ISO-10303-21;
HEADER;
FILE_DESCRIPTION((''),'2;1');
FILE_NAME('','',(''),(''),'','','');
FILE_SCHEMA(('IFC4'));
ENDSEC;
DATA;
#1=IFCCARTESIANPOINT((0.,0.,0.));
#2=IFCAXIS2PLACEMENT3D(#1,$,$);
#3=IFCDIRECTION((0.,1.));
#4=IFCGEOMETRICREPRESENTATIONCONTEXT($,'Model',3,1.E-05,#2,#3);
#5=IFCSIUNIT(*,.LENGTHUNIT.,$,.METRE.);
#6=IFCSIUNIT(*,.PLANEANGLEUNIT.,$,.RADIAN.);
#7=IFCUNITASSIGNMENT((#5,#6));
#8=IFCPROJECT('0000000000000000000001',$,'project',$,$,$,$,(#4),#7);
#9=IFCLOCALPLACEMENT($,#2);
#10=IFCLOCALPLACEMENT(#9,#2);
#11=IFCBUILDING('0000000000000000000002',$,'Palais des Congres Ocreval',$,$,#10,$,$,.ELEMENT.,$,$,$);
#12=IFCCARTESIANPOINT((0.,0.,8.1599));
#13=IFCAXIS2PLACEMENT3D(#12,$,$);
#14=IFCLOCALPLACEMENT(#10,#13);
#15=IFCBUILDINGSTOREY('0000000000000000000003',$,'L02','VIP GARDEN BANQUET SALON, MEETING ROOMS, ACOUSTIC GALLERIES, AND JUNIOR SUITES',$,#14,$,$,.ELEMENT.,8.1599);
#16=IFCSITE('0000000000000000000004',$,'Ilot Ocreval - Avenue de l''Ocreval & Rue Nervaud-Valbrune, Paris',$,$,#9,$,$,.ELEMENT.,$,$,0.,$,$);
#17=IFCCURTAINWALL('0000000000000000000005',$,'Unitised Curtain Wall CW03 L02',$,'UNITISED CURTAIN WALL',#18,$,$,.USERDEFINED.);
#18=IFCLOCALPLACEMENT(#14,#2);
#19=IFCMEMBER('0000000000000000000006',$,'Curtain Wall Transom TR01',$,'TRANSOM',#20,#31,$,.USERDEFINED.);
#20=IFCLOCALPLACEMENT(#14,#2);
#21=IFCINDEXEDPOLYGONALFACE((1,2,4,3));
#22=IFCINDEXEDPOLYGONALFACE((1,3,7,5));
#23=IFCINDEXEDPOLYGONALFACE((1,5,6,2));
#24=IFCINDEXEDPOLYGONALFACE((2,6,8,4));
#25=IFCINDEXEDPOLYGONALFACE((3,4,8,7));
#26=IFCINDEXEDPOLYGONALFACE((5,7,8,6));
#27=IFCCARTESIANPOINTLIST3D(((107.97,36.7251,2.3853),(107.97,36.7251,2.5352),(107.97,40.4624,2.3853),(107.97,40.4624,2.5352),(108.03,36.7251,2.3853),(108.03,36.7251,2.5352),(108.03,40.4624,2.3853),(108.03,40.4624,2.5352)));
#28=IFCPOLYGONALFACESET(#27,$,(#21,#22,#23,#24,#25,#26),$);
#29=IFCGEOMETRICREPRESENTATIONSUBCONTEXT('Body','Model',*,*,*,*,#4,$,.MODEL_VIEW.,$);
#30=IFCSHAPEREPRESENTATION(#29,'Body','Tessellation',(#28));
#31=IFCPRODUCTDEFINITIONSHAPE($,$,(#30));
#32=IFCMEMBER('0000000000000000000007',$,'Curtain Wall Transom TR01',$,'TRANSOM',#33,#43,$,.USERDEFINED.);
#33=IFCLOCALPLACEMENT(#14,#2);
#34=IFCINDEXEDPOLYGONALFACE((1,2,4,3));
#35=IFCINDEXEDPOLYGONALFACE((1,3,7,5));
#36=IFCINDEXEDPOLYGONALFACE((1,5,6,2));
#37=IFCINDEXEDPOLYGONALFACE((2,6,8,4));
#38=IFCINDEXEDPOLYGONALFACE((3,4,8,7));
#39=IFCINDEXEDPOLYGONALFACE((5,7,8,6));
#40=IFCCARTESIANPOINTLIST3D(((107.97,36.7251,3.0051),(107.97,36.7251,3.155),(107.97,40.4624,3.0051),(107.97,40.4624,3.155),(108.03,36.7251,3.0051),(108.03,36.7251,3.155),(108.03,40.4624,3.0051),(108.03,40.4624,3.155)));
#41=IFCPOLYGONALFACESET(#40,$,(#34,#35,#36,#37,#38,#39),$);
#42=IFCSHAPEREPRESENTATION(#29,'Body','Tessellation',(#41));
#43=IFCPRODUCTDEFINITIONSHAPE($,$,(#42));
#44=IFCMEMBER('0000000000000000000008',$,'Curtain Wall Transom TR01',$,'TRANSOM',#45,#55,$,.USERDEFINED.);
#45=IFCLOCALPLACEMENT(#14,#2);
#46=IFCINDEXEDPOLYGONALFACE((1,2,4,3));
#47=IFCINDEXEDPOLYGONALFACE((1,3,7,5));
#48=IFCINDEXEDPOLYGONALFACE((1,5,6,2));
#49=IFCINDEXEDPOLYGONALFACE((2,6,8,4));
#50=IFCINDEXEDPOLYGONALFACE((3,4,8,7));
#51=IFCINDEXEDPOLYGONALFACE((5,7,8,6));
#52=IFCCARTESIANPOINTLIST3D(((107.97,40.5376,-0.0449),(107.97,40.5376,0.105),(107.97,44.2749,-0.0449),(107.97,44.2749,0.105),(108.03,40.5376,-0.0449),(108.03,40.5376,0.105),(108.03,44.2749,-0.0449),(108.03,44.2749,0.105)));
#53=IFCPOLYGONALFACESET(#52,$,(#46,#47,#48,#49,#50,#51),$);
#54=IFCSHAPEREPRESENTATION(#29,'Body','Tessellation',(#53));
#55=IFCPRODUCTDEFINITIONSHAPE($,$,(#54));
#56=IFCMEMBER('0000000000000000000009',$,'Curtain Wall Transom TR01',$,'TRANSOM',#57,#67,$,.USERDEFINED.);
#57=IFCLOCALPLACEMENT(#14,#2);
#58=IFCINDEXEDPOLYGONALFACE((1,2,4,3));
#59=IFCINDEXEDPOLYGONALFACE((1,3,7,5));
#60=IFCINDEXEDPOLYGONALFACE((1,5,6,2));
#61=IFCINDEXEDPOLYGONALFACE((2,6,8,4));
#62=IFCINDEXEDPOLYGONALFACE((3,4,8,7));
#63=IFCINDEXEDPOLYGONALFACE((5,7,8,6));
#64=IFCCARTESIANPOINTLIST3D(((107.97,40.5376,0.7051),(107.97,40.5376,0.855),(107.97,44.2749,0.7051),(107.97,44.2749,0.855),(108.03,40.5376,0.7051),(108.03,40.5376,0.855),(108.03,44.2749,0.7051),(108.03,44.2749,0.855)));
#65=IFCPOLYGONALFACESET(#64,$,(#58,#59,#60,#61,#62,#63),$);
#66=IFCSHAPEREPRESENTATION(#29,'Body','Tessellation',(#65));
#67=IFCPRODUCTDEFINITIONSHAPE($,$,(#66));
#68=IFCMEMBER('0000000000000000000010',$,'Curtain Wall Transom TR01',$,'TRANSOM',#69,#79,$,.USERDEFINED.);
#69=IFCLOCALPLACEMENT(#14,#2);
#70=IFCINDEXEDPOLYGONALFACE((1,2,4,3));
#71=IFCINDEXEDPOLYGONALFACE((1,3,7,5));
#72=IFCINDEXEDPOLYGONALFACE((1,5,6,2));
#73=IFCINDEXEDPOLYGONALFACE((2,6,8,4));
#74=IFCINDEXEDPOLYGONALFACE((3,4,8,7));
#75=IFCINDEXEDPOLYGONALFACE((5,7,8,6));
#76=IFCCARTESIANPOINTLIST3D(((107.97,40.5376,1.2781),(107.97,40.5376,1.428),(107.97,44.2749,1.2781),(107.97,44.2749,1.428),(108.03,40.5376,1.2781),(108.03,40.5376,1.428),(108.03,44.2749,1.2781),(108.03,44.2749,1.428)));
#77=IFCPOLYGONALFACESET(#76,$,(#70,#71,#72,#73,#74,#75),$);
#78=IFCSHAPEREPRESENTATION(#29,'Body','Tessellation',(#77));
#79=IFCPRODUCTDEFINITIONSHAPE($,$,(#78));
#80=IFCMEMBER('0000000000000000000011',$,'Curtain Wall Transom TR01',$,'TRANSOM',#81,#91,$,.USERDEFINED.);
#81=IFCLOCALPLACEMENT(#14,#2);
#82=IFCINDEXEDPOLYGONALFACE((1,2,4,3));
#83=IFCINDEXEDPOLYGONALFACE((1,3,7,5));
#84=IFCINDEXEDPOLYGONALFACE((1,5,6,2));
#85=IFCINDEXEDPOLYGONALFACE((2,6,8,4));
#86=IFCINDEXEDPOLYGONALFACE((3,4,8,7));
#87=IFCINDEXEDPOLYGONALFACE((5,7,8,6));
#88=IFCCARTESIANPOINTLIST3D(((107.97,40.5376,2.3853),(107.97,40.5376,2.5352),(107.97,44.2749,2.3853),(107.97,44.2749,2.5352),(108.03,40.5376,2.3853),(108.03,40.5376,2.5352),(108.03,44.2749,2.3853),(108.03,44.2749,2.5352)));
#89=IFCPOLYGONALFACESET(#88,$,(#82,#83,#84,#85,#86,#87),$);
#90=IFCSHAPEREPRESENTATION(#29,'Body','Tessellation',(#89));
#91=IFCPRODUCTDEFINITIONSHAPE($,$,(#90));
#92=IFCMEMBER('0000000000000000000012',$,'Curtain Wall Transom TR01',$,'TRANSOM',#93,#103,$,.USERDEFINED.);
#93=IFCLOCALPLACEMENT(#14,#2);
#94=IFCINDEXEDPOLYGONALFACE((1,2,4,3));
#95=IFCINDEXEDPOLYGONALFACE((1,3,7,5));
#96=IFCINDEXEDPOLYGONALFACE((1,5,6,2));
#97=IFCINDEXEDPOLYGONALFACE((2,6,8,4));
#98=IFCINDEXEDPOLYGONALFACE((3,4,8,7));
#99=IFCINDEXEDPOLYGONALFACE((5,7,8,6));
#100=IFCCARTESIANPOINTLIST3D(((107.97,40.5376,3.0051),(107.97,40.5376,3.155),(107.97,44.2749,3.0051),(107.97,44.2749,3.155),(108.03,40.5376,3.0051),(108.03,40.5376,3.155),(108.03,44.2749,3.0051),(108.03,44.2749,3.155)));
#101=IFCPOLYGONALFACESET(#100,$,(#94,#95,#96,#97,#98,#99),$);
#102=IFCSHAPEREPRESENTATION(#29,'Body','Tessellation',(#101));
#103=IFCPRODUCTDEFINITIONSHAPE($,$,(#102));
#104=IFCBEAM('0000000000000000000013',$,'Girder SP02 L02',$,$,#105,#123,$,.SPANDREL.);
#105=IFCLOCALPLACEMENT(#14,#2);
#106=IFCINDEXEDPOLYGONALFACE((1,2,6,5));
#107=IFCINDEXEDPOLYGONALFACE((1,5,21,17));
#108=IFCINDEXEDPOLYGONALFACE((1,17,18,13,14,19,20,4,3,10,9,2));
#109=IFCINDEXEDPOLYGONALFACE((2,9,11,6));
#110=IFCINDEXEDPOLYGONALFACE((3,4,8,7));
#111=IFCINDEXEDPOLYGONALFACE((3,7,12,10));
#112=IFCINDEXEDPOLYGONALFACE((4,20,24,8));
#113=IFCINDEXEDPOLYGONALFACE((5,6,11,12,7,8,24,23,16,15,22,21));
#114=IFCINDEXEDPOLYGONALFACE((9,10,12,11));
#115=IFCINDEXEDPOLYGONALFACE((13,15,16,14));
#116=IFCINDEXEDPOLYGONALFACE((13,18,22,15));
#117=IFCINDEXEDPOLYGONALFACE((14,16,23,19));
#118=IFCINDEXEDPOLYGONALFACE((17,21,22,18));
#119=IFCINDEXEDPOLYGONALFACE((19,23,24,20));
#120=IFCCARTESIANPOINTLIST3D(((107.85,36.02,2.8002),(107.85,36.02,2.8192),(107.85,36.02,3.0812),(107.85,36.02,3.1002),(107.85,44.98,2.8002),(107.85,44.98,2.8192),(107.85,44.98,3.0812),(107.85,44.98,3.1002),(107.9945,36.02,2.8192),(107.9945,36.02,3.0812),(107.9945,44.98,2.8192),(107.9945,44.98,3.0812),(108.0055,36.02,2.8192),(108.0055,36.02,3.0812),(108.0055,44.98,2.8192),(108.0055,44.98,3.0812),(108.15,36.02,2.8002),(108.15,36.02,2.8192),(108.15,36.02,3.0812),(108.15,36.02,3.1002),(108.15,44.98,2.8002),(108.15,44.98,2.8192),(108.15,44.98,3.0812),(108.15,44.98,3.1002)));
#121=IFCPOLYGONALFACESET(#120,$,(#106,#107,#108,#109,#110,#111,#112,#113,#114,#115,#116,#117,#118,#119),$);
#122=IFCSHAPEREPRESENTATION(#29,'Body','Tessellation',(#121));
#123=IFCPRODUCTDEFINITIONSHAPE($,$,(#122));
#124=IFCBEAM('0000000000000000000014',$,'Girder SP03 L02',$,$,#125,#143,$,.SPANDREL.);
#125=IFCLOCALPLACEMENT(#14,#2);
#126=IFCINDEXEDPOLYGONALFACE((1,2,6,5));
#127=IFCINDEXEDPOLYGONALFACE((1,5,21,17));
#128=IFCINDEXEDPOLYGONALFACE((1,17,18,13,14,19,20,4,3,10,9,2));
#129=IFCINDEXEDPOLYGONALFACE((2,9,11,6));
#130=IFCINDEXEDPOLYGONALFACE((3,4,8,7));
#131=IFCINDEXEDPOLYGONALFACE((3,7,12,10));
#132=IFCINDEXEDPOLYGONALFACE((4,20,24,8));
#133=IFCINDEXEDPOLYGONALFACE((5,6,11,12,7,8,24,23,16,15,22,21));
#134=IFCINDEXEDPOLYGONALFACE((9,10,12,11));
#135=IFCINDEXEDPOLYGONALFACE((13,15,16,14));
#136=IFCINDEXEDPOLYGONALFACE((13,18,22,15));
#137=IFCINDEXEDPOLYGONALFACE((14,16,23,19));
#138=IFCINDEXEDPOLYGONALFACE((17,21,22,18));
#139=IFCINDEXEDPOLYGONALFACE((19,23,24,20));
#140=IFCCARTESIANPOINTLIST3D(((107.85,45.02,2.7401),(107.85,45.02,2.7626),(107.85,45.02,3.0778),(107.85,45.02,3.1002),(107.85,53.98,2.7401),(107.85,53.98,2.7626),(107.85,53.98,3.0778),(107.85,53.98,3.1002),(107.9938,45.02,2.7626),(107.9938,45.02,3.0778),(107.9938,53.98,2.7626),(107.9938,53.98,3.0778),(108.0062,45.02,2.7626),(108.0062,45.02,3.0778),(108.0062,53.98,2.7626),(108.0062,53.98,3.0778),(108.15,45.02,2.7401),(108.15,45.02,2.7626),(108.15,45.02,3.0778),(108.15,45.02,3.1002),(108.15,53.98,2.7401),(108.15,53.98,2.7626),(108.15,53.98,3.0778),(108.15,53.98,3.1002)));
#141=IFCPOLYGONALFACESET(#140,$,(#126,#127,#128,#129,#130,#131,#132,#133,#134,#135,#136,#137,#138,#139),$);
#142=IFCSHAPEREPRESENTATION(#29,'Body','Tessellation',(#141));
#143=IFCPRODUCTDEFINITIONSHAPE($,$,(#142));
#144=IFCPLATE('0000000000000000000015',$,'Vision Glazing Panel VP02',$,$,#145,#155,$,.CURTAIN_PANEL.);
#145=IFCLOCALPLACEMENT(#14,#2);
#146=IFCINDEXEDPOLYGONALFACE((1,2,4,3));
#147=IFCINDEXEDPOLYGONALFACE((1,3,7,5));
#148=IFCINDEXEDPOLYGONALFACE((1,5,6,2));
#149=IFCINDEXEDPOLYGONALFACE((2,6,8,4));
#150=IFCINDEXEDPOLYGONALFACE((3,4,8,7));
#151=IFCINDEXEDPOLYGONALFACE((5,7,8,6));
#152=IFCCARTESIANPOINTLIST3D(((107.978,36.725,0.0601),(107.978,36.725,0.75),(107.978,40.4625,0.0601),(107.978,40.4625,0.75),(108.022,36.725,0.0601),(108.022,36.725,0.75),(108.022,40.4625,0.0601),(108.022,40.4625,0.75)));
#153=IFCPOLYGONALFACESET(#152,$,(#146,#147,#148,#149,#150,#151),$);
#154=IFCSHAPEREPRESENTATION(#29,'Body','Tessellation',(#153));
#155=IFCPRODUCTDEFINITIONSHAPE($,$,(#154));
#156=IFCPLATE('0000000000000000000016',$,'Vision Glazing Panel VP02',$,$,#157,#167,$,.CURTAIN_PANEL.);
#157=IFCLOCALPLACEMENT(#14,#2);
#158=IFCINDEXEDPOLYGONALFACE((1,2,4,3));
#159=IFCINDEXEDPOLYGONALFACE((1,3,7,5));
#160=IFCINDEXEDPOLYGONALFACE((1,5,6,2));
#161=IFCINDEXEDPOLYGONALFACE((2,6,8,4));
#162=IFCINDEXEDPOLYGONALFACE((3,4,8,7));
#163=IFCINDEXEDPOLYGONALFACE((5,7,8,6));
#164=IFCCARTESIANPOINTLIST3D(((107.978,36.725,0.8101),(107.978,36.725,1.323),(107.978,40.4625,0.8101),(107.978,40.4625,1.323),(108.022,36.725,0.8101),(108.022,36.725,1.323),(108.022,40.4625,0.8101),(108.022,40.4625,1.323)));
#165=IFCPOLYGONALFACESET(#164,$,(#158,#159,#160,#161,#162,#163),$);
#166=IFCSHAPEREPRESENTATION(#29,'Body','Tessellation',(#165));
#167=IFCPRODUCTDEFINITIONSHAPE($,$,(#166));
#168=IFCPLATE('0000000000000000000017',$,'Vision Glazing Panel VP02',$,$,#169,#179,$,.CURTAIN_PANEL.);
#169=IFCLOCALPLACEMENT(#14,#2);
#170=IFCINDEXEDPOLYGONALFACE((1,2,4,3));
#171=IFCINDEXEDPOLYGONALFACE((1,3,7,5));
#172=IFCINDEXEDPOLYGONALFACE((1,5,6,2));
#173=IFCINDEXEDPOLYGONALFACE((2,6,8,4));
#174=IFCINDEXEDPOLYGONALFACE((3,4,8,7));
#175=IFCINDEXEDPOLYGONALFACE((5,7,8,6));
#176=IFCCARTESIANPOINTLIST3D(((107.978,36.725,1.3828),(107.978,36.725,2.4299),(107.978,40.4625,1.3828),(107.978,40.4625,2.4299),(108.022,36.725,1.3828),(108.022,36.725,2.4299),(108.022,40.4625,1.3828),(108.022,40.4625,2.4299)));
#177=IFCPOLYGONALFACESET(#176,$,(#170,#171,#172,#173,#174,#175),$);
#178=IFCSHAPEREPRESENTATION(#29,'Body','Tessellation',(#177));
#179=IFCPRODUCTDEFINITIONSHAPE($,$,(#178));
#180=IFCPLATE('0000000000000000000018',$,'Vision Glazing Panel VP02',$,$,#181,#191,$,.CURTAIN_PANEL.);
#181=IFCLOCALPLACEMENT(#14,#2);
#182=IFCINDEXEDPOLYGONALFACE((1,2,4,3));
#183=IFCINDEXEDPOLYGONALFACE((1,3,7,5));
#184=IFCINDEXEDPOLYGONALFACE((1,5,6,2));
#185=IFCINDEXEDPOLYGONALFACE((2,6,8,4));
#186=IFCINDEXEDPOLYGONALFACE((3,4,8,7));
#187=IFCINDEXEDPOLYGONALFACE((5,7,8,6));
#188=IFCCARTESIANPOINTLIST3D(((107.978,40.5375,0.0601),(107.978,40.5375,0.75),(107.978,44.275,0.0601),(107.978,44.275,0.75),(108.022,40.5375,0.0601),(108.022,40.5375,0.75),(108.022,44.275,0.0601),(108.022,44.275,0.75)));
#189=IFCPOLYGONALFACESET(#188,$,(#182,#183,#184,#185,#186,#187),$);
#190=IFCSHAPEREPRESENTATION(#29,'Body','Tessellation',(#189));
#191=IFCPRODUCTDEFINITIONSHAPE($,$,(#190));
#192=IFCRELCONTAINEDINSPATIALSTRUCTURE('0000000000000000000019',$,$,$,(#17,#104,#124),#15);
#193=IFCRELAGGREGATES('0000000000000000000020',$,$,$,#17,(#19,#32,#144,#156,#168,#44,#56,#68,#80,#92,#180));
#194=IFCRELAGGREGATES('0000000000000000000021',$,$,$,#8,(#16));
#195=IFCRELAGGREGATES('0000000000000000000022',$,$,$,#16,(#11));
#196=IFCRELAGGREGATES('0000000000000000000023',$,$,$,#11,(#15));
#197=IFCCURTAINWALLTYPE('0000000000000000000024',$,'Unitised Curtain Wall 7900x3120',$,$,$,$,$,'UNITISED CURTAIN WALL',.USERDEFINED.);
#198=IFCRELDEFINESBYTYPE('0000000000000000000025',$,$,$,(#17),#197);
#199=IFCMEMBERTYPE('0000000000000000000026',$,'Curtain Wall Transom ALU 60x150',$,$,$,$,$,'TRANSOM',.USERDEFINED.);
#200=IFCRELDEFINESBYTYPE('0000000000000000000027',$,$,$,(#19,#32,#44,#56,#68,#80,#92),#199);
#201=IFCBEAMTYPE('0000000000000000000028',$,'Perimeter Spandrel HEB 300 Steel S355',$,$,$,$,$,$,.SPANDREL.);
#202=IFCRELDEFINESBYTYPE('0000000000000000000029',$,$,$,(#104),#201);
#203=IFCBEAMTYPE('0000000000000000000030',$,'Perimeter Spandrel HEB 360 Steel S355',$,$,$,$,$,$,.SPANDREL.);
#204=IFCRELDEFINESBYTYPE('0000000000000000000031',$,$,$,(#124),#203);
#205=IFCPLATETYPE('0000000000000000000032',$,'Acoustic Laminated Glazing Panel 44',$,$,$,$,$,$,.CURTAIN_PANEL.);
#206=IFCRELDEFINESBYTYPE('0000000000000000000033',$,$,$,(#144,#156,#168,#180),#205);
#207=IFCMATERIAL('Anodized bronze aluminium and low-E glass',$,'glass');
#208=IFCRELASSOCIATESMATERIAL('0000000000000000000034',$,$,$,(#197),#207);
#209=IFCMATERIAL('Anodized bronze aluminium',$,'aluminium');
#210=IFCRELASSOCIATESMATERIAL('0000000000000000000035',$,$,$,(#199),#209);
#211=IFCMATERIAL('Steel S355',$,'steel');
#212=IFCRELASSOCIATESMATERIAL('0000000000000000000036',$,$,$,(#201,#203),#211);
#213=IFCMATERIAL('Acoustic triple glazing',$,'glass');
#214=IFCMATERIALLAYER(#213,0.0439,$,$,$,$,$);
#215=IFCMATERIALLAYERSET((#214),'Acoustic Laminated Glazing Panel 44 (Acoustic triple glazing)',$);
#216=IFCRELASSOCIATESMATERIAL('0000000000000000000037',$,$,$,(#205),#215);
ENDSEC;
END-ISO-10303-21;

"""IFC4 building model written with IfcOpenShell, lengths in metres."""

from ifc_helpers import new_model, si_unit, direction, frame, origin, origin_2d, place, context, subcontext, project, spatial, rectangle, i_section, extrude, material, layer, layer_set, material_profile, profile_set, type_object, element, aggregate, save


model = new_model("IFC4")

# Units and contexts
model_context = context("Model", 3, precision=1e-05, world=origin(), true_north=direction((0.0, 1.0)))
body_context = subcontext(model_context, "Body", "Model", "MODEL_VIEW")
ifc_project = project(units=[si_unit("LENGTHUNIT", "METRE"), si_unit("PLANEANGLEUNIT", "RADIAN")], contexts=[model_context])

# Site, building, storey
site_placement = place(None, origin())
site = spatial("IfcSite", under=ifc_project, at=site_placement, Name="Ilot Ocreval - Avenue de l'Ocreval & Rue Nervaud-Valbrune, Paris", CompositionType="ELEMENT", RefElevation=0.0)
building_placement = place(site_placement, origin())
building = spatial("IfcBuilding", under=site, at=building_placement, Name="Palais des Congres Ocreval", CompositionType="ELEMENT")
storey_placement = place(building_placement, frame((0.0, 0.0, 8.1599)))
storey = spatial("IfcBuildingStorey", under=building, at=storey_placement, Name="L02", Description="VIP GARDEN BANQUET SALON, MEETING ROOMS, ACOUSTIC GALLERIES, AND JUNIOR SUITES", CompositionType="ELEMENT", Elevation=8.1599)

# Shared definitions
ifc_material_1 = material(Name="Steel S355", Category="steel")

# Shared definitions
ifc_material_2 = material(Name="Anodized bronze aluminium and low-E glass", Category="glass")
curtain_wall_type = type_object("IfcCurtainWallType", Name="Unitised Curtain Wall 7900x3120", ElementType="UNITISED CURTAIN WALL", PredefinedType="USERDEFINED", material=ifc_material_2)
ifc_material_3 = material(Name="Anodized bronze aluminium", Category="aluminium")

# Curtain wall, members
curtain_wall_1_placement = place(storey_placement, origin())
curtain_wall_1 = element("IfcCurtainWall", 1, at=curtain_wall_1_placement, inside=storey, type_object=curtain_wall_type, Name="Unitised Curtain Wall CW03 L02", ObjectType="UNITISED CURTAIN WALL", PredefinedType="USERDEFINED")
ifc_material_profile_1 = material_profile(ifc_material_3, rectangle(XDim=0.0601, YDim=0.1499, at=origin_2d()), Name="ALU 60x150")
ifc_profile_set_1 = profile_set([ifc_material_profile_1], Name="Anodized bronze aluminium")
member_type_1 = type_object("IfcMemberType", Name="Curtain Wall Transom ALU 60x150", ElementType="TRANSOM", PredefinedType="USERDEFINED", material=ifc_profile_set_1)
member_1_placement = place(storey_placement, frame((108.0, 36.7251, 2.4602), z_axis=(0.0, 1.0, 0.0), x_axis=(-1.0, 0.0, 0.0)))
member_1 = element("IfcMember", 2, at=member_1_placement, type_object=member_type_1, Name="Curtain Wall Transom TR01", ObjectType="TRANSOM", PredefinedType="USERDEFINED", context=body_context, shape_type="SweptSolid", body=[
    extrude(rectangle(XDim=0.0601, YDim=0.1499, at=origin_2d()), origin(), (0.0, 0.0, 1.0), 3.7373),
])
member_2_placement = place(storey_placement, frame((108.0, 36.7251, 3.0801), z_axis=(0.0, 1.0, 0.0), x_axis=(-1.0, 0.0, 0.0)))
member_2 = element("IfcMember", 3, at=member_2_placement, type_object=member_type_1, Name="Curtain Wall Transom TR01", ObjectType="TRANSOM", PredefinedType="USERDEFINED", context=body_context, shape_type="SweptSolid", body=[
    extrude(rectangle(XDim=0.0601, YDim=0.1499, at=origin_2d()), origin(), (0.0, 0.0, 1.0), 3.7373),
])
member_3_placement = place(storey_placement, frame((108.0, 40.5376, 0.03), z_axis=(0.0, 1.0, 0.0), x_axis=(-1.0, 0.0, 0.0)))
member_3 = element("IfcMember", 4, at=member_3_placement, type_object=member_type_1, Name="Curtain Wall Transom TR01", ObjectType="TRANSOM", PredefinedType="USERDEFINED", context=body_context, shape_type="SweptSolid", body=[
    extrude(rectangle(XDim=0.0601, YDim=0.1499, at=origin_2d()), origin(), (0.0, 0.0, 1.0), 3.7373),
])
member_4_placement = place(storey_placement, frame((108.0, 40.5376, 0.78), z_axis=(0.0, 1.0, 0.0), x_axis=(-1.0, 0.0, 0.0)))
member_4 = element("IfcMember", 5, at=member_4_placement, type_object=member_type_1, Name="Curtain Wall Transom TR01", ObjectType="TRANSOM", PredefinedType="USERDEFINED", context=body_context, shape_type="SweptSolid", body=[
    extrude(rectangle(XDim=0.0601, YDim=0.1499, at=origin_2d()), origin(), (0.0, 0.0, 1.0), 3.7373),
])
member_5_placement = place(storey_placement, frame((108.0, 40.5376, 1.353), z_axis=(0.0, 1.0, 0.0), x_axis=(-1.0, 0.0, 0.0)))
member_5 = element("IfcMember", 6, at=member_5_placement, type_object=member_type_1, Name="Curtain Wall Transom TR01", ObjectType="TRANSOM", PredefinedType="USERDEFINED", context=body_context, shape_type="SweptSolid", body=[
    extrude(rectangle(XDim=0.0601, YDim=0.1499, at=origin_2d()), origin(), (0.0, 0.0, 1.0), 3.7373),
])
member_6_placement = place(storey_placement, frame((108.0, 40.5376, 2.4602), z_axis=(0.0, 1.0, 0.0), x_axis=(-1.0, 0.0, 0.0)))
member_6 = element("IfcMember", 7, at=member_6_placement, type_object=member_type_1, Name="Curtain Wall Transom TR01", ObjectType="TRANSOM", PredefinedType="USERDEFINED", context=body_context, shape_type="SweptSolid", body=[
    extrude(rectangle(XDim=0.0601, YDim=0.1499, at=origin_2d()), origin(), (0.0, 0.0, 1.0), 3.7373),
])
member_7_placement = place(storey_placement, frame((108.0, 40.5376, 3.0801), z_axis=(0.0, 1.0, 0.0), x_axis=(-1.0, 0.0, 0.0)))
member_7 = element("IfcMember", 8, at=member_7_placement, type_object=member_type_1, Name="Curtain Wall Transom TR01", ObjectType="TRANSOM", PredefinedType="USERDEFINED", context=body_context, shape_type="SweptSolid", body=[
    extrude(rectangle(XDim=0.0601, YDim=0.1499, at=origin_2d()), origin(), (0.0, 0.0, 1.0), 3.7373),
])

# Beams
ifc_material_profile_2 = material_profile(ifc_material_1, i_section(OverallWidth=0.3, OverallDepth=0.3, WebThickness=0.011, FlangeThickness=0.019, at=origin_2d()), Name="HEB 300")
ifc_profile_set_2 = profile_set([ifc_material_profile_2], Name="Steel S355")
beam_type_1 = type_object("IfcBeamType", Name="Perimeter Spandrel HEB 300 Steel S355", PredefinedType="SPANDREL", material=ifc_profile_set_2)
beam_1_placement = place(storey_placement, frame((108.0, 36.02, 2.9502), z_axis=(0.0, 1.0, 0.0), x_axis=(-1.0, 0.0, 0.0)))
element("IfcBeam", 9, at=beam_1_placement, inside=storey, type_object=beam_type_1, Name="Girder SP02 L02", PredefinedType="SPANDREL", context=body_context, shape_type="SweptSolid", body=[
    extrude(i_section(OverallWidth=0.3, OverallDepth=0.3, WebThickness=0.011, FlangeThickness=0.019, at=origin_2d()), origin(), (0.0, 0.0, 1.0), 8.96),
])
ifc_material_profile_3 = material_profile(ifc_material_1, i_section(OverallWidth=0.3, OverallDepth=0.3601, WebThickness=0.0125, FlangeThickness=0.0225, at=origin_2d()), Name="HEB 360")
ifc_profile_set_3 = profile_set([ifc_material_profile_3], Name="Steel S355")
beam_type_2 = type_object("IfcBeamType", Name="Perimeter Spandrel HEB 360 Steel S355", PredefinedType="SPANDREL", material=ifc_profile_set_3)
beam_2_placement = place(storey_placement, frame((108.0, 45.02, 2.9202), z_axis=(0.0, 1.0, 0.0), x_axis=(-1.0, 0.0, 0.0)))
element("IfcBeam", 10, at=beam_2_placement, inside=storey, type_object=beam_type_2, Name="Girder SP03 L02", PredefinedType="SPANDREL", context=body_context, shape_type="SweptSolid", body=[
    extrude(i_section(OverallWidth=0.3, OverallDepth=0.3601, WebThickness=0.0125, FlangeThickness=0.0225, at=origin_2d()), origin(), (0.0, 0.0, 1.0), 8.96),
])

# Plates
ifc_material_4 = material(Name="Acoustic triple glazing", Category="glass")
ifc_layer_1 = layer(ifc_material_4, 0.0439)
ifc_layer_set_1 = layer_set([ifc_layer_1], Name="Acoustic Laminated Glazing Panel 44 (Acoustic triple glazing)")
plate_type_1 = type_object("IfcPlateType", Name="Acoustic Laminated Glazing Panel 44", PredefinedType="CURTAIN_PANEL", material=ifc_layer_set_1)
plate_1_placement = place(storey_placement, frame((108.0, 38.5938, 0.0601), z_axis=(0.0, 0.0, 1.0), x_axis=(0.0, 1.0, 0.0)))
plate_1 = element("IfcPlate", 11, at=plate_1_placement, type_object=plate_type_1, Name="Vision Glazing Panel VP02", PredefinedType="CURTAIN_PANEL", context=body_context, shape_type="SweptSolid", body=[
    extrude(rectangle(XDim=3.7375, YDim=0.0439, at=origin_2d()), origin(), (0.0, 0.0, 1.0), 0.6899),
])
plate_2_placement = place(storey_placement, frame((108.0, 38.5938, 0.8101), z_axis=(0.0, 0.0, 1.0), x_axis=(0.0, 1.0, 0.0)))
plate_2 = element("IfcPlate", 12, at=plate_2_placement, type_object=plate_type_1, Name="Vision Glazing Panel VP02", PredefinedType="CURTAIN_PANEL", context=body_context, shape_type="SweptSolid", body=[
    extrude(rectangle(XDim=3.7375, YDim=0.0439, at=origin_2d()), origin(), (0.0, 0.0, 1.0), 0.5129),
])
plate_3_placement = place(storey_placement, frame((108.0, 38.5938, 1.3828), z_axis=(0.0, 0.0, 1.0), x_axis=(0.0, 1.0, 0.0)))
plate_3 = element("IfcPlate", 13, at=plate_3_placement, type_object=plate_type_1, Name="Vision Glazing Panel VP02", PredefinedType="CURTAIN_PANEL", context=body_context, shape_type="SweptSolid", body=[
    extrude(rectangle(XDim=3.7375, YDim=0.0439, at=origin_2d()), origin(), (0.0, 0.0, 1.0), 1.0471),
])
plate_4_placement = place(storey_placement, frame((108.0, 42.4062, 0.0601), z_axis=(0.0, 0.0, 1.0), x_axis=(0.0, 1.0, 0.0)))
plate_4 = element("IfcPlate", 14, at=plate_4_placement, type_object=plate_type_1, Name="Vision Glazing Panel VP02", PredefinedType="CURTAIN_PANEL", context=body_context, shape_type="SweptSolid", body=[
    extrude(rectangle(XDim=3.7375, YDim=0.0439, at=origin_2d()), origin(), (0.0, 0.0, 1.0), 0.6899),
])
aggregate(curtain_wall_1, [member_1, member_2, plate_1, plate_2, plate_3, member_3, member_4, member_5, member_6, member_7, plate_4])

save(model, "model.ifc")
